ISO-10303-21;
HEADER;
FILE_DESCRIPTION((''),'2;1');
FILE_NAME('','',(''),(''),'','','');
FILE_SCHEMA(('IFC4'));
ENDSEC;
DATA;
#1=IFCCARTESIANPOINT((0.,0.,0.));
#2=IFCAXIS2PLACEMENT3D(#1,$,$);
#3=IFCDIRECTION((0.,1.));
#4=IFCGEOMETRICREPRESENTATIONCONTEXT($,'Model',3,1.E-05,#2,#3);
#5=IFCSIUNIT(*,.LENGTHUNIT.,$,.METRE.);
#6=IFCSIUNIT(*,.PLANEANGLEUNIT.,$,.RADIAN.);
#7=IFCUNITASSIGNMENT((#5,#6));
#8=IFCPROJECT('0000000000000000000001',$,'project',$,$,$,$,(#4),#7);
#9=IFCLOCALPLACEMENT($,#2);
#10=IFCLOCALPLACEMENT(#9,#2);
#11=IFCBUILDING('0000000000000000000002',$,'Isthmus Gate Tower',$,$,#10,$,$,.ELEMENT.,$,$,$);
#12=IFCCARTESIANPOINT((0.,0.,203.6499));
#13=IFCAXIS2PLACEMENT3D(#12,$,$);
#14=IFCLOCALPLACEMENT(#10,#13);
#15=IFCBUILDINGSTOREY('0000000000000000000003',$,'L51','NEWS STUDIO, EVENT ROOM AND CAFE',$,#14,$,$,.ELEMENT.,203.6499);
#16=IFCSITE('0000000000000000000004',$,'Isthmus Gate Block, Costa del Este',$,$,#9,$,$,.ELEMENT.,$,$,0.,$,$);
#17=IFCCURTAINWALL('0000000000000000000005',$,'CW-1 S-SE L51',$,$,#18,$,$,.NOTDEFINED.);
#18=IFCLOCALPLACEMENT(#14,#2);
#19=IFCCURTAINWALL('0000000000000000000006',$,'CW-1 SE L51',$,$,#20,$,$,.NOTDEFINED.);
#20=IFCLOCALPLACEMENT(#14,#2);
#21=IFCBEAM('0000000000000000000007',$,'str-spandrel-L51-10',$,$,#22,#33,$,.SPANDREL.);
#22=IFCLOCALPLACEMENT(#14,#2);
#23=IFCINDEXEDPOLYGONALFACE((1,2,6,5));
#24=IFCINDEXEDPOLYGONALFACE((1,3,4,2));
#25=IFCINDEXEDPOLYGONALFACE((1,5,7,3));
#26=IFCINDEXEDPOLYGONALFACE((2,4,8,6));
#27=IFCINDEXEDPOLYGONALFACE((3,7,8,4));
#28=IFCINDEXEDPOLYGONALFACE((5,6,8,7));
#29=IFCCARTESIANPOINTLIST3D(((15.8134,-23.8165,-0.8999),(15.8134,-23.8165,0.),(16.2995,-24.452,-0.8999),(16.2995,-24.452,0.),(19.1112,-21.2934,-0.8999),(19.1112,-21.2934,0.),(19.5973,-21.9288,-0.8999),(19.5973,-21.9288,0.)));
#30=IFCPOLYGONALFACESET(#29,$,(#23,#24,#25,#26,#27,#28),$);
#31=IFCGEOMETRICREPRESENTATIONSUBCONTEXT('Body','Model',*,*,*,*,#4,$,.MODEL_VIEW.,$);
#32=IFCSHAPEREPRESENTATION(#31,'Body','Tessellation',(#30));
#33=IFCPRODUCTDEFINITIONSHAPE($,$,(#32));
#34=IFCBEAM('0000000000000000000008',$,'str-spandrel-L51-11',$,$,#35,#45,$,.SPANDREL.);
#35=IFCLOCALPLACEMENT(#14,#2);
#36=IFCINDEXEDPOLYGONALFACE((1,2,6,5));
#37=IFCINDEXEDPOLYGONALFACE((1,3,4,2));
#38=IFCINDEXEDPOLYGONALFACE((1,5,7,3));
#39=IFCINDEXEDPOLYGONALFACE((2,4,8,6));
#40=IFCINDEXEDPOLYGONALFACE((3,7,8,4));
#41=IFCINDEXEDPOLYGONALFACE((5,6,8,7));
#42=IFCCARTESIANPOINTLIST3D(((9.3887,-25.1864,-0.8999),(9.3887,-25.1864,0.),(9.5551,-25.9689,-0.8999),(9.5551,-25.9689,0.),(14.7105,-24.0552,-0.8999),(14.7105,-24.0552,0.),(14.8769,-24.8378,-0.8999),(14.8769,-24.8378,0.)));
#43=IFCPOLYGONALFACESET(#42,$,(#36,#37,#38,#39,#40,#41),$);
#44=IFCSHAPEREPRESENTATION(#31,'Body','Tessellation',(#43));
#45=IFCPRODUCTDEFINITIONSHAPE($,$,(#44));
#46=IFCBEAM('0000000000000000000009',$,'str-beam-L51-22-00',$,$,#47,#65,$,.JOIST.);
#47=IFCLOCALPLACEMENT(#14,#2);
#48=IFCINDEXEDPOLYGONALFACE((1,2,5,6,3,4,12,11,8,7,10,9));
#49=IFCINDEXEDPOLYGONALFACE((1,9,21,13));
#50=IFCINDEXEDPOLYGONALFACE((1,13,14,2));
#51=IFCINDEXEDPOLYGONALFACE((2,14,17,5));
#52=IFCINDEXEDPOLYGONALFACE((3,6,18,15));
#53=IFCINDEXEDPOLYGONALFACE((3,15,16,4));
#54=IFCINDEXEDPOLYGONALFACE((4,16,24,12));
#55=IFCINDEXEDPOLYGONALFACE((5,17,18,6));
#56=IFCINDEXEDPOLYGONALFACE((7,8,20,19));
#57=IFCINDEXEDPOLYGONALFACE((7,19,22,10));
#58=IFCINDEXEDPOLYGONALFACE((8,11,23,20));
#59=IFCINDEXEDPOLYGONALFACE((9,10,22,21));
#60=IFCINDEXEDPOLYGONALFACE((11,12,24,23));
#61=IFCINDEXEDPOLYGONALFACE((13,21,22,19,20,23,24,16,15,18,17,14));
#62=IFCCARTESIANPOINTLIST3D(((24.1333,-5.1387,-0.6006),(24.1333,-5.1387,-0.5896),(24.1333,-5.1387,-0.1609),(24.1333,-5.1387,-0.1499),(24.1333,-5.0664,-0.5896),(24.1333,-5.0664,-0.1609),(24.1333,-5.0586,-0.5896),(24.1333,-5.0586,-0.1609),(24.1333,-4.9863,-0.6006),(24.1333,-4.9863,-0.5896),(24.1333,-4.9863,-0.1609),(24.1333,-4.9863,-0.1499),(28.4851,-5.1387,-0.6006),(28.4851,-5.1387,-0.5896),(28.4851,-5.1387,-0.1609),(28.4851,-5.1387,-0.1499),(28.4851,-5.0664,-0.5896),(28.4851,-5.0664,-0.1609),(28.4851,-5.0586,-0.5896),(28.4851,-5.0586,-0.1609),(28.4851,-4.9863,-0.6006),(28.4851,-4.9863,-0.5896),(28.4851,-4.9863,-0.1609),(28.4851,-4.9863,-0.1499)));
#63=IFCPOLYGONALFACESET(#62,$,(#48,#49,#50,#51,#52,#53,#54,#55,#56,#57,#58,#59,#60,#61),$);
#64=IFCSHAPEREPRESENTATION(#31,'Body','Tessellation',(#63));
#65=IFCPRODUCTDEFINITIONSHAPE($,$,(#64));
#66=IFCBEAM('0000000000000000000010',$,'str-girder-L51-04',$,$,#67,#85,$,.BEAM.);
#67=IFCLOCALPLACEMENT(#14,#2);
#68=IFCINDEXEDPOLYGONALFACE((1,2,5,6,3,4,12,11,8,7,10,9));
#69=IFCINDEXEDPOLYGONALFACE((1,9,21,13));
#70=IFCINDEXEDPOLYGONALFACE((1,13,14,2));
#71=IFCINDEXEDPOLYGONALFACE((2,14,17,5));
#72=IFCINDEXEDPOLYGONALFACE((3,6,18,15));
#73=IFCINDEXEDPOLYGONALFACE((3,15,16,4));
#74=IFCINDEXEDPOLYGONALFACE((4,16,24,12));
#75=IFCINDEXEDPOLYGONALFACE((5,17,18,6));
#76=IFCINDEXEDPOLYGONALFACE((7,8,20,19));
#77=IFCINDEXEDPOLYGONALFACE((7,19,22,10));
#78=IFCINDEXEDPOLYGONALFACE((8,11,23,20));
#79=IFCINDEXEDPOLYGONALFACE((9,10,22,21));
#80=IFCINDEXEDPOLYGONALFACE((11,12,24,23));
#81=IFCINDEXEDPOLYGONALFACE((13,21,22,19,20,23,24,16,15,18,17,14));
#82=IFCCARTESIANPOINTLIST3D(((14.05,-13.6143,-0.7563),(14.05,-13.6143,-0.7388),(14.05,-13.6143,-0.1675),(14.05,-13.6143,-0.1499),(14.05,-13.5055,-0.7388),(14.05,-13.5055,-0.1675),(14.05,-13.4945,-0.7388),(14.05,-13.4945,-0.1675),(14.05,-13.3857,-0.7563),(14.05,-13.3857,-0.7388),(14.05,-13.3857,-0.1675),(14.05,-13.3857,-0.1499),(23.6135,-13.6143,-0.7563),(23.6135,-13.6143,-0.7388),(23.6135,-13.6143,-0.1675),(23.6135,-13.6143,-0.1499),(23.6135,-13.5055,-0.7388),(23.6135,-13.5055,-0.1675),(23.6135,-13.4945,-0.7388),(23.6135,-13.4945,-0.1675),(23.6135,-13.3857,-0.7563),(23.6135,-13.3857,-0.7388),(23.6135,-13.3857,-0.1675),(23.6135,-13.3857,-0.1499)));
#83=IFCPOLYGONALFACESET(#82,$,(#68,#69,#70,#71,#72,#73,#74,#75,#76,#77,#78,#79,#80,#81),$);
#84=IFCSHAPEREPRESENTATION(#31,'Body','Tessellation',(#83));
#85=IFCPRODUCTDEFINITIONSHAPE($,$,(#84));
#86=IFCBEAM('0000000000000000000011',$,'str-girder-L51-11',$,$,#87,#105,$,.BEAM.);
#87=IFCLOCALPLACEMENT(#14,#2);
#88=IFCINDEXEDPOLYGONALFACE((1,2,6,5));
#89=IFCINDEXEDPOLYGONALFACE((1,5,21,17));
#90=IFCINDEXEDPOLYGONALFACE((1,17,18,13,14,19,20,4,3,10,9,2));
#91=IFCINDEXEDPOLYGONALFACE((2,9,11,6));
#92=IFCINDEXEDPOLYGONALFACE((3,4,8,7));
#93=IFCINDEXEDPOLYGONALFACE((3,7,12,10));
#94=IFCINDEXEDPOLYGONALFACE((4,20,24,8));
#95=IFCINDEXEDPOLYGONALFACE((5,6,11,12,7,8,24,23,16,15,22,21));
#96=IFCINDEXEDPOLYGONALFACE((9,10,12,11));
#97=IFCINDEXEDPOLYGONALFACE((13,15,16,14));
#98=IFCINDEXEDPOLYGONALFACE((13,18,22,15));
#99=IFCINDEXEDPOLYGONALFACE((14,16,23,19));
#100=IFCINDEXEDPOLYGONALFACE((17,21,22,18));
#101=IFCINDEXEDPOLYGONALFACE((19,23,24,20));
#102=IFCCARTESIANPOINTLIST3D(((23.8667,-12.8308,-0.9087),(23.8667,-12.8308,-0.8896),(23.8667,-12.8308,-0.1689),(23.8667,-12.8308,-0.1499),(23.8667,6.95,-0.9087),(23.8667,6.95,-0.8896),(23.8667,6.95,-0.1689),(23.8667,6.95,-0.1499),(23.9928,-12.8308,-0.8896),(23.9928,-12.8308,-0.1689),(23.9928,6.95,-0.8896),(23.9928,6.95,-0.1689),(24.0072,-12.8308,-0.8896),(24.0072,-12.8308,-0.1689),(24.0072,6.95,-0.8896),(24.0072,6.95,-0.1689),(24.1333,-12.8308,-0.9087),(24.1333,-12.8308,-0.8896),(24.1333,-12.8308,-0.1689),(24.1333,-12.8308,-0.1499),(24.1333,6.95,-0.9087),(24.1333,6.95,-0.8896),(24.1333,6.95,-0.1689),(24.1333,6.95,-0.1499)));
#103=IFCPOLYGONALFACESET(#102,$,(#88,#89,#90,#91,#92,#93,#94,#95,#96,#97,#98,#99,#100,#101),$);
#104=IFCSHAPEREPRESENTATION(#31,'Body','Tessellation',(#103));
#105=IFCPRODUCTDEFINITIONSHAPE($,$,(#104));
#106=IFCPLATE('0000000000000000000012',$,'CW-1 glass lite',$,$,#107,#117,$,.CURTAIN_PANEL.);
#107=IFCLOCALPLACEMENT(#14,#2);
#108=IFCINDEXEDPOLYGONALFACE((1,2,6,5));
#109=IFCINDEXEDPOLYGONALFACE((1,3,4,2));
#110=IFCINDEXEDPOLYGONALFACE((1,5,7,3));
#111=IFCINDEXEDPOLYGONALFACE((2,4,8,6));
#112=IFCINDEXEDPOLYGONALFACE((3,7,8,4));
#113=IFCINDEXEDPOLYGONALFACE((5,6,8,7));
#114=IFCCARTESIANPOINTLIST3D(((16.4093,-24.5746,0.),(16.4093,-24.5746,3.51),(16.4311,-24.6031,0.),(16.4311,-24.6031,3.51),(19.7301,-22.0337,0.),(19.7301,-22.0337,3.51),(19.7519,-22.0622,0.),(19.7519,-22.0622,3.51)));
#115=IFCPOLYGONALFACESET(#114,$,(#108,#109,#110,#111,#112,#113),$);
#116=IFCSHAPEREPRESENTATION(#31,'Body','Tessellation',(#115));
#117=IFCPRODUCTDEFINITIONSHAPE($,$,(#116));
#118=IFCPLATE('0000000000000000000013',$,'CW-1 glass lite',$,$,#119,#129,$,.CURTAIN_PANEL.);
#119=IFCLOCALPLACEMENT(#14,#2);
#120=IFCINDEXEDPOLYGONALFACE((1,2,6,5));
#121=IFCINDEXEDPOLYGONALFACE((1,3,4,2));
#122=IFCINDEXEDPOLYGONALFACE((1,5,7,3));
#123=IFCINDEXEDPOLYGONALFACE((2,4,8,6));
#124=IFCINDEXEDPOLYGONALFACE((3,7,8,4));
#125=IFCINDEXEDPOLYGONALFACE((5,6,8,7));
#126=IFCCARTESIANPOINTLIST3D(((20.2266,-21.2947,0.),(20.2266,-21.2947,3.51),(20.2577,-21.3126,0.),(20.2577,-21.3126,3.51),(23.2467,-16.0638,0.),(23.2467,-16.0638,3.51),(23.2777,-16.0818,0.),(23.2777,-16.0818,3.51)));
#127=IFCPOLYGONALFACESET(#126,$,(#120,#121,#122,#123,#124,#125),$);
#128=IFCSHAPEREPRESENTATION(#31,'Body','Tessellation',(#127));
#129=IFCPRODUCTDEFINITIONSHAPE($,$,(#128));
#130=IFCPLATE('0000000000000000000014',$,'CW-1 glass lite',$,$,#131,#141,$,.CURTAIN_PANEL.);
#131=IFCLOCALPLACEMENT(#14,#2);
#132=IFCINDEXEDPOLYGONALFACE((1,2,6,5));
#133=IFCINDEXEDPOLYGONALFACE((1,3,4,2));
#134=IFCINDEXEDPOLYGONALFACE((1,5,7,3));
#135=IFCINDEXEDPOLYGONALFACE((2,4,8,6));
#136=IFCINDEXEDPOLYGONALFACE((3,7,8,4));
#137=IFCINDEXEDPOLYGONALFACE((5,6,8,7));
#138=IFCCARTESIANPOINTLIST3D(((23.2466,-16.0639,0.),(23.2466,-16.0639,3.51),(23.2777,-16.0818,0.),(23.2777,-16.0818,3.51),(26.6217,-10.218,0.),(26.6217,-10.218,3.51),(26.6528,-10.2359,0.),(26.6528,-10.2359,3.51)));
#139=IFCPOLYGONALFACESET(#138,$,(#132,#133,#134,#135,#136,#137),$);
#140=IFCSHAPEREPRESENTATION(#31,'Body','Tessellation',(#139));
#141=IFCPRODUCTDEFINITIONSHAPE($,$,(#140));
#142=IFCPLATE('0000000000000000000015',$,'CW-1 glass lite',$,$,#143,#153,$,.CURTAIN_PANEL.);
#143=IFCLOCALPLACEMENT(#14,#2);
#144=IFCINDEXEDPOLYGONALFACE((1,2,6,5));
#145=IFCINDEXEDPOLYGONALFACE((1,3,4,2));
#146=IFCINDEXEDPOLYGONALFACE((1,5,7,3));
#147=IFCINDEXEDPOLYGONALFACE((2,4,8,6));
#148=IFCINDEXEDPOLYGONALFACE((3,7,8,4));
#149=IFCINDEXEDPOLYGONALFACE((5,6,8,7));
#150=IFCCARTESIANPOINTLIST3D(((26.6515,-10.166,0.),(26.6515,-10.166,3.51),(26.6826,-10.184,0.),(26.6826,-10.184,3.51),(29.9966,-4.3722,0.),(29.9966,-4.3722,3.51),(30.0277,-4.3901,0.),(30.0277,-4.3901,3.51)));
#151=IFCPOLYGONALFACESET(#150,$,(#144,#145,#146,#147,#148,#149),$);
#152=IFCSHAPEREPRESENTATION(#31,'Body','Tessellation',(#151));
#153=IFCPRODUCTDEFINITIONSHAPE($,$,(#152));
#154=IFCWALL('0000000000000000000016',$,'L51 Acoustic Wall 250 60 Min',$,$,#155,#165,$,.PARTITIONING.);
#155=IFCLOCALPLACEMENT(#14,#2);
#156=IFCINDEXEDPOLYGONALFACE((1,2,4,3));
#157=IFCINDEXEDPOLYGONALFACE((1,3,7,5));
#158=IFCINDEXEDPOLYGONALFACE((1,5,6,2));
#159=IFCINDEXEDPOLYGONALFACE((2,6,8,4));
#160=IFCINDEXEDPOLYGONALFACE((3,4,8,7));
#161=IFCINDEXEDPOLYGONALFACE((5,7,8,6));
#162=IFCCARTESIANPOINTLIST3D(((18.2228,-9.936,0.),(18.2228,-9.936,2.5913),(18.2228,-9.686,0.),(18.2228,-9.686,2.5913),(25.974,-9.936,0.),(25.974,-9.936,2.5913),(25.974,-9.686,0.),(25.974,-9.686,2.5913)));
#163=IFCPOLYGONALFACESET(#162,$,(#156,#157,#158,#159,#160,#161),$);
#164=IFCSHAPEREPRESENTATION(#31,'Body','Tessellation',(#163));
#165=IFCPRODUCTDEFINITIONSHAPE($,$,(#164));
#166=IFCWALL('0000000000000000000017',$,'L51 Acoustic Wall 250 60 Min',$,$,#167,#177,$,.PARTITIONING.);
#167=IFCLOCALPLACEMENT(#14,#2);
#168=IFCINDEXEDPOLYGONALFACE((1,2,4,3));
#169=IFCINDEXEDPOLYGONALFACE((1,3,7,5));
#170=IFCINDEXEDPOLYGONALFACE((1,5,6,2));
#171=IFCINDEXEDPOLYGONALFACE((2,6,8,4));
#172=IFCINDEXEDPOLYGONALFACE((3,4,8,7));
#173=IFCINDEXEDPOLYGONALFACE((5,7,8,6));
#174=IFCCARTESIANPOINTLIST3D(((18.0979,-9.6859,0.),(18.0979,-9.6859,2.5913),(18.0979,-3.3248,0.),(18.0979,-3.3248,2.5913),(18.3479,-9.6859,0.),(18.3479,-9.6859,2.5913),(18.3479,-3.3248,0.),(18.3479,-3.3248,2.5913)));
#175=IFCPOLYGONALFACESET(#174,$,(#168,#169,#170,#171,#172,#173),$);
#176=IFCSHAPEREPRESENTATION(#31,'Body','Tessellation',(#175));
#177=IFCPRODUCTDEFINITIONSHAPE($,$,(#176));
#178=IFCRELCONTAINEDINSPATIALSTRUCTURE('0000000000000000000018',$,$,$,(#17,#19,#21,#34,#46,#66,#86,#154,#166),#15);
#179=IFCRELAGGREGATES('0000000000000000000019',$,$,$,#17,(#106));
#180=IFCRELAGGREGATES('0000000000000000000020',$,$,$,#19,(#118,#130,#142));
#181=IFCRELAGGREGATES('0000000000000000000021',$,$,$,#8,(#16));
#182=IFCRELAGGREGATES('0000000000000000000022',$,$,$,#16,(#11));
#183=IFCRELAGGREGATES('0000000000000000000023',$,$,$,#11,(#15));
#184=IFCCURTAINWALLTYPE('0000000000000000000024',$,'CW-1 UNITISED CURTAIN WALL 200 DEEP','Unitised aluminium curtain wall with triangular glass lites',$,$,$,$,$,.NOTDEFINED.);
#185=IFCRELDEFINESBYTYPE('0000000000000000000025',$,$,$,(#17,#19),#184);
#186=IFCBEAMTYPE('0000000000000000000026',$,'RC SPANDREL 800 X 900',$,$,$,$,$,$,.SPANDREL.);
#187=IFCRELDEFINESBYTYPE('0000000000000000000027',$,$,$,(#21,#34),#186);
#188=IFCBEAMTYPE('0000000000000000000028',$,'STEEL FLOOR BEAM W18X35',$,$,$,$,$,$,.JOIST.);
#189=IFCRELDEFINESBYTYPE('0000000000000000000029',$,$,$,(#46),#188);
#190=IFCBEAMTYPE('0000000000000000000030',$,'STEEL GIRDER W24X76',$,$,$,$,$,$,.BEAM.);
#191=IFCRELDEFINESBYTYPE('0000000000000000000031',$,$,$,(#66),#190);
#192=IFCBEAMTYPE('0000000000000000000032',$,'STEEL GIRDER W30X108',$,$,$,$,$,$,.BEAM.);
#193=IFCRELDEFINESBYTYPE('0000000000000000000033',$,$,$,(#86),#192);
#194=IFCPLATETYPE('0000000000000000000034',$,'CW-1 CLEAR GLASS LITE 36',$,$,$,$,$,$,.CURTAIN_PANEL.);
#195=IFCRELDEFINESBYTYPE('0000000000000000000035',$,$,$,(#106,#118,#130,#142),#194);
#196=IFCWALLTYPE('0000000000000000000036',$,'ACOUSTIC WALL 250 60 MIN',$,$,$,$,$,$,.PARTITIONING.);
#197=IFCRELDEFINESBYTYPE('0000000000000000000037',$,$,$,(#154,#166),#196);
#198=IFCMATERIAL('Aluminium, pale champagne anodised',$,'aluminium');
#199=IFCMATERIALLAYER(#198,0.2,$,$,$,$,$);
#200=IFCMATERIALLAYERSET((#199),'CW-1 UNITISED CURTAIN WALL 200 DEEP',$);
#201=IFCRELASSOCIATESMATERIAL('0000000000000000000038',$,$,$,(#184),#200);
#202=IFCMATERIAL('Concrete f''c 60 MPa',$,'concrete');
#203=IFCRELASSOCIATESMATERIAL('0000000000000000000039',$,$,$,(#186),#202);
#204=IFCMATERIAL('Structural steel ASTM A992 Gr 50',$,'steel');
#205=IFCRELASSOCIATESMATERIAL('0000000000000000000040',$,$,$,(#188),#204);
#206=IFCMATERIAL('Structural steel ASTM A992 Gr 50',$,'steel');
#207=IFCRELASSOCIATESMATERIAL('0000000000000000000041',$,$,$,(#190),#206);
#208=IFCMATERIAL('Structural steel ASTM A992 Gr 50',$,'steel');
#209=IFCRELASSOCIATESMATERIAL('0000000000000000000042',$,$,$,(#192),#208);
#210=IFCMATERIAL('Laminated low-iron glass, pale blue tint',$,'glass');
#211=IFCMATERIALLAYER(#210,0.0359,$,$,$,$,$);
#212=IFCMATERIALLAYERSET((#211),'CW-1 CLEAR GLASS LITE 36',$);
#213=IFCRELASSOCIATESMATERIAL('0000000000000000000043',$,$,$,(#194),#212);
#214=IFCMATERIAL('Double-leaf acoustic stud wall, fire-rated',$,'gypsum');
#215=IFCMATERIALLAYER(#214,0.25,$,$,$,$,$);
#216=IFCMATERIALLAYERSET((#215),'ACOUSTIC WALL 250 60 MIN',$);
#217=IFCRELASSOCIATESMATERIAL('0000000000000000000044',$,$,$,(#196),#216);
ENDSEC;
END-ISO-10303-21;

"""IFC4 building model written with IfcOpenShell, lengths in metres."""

from ifc_helpers import new_model, si_unit, direction, frame, frame_2d, origin, origin_2d, place, context, subcontext, project, spatial, rectangle, i_section, extrude, material, layer, layer_set, material_profile, profile_set, type_object, element, aggregate, save


model = new_model("IFC4")

# Units and contexts
model_context = context("Model", 3, precision=1e-05, world=origin(), true_north=direction((0.0, 1.0)))
body_context = subcontext(model_context, "Body", "Model", "MODEL_VIEW")
ifc_project = project(units=[si_unit("LENGTHUNIT", "METRE"), si_unit("PLANEANGLEUNIT", "RADIAN")], contexts=[model_context])

# Site, building, storey
site_placement = place(None, origin())
site = spatial("IfcSite", under=ifc_project, at=site_placement, Name="Isthmus Gate Block, Costa del Este", CompositionType="ELEMENT", RefElevation=0.0)
building_placement = place(site_placement, origin())
building = spatial("IfcBuilding", under=site, at=building_placement, Name="Isthmus Gate Tower", CompositionType="ELEMENT")
storey_placement = place(building_placement, frame((0.0, 0.0, 203.6499)))
storey = spatial("IfcBuildingStorey", under=building, at=storey_placement, Name="L51", Description="NEWS STUDIO, EVENT ROOM AND CAFE", CompositionType="ELEMENT", Elevation=203.6499)

# Curtain wall
ifc_material_1 = material(Name="Aluminium, pale champagne anodised", Category="aluminium")
ifc_layer_1 = layer(ifc_material_1, 0.2)
ifc_layer_set_1 = layer_set([ifc_layer_1], Name="CW-1 UNITISED CURTAIN WALL 200 DEEP")
curtain_wall_type = type_object("IfcCurtainWallType", Name="CW-1 UNITISED CURTAIN WALL 200 DEEP", Description="Unitised aluminium curtain wall with triangular glass lites", PredefinedType="NOTDEFINED", material=ifc_layer_set_1)
curtain_wall_1_placement = place(storey_placement, origin())
curtain_wall_1 = element("IfcCurtainWall", 1, at=curtain_wall_1_placement, inside=storey, type_object=curtain_wall_type, Name="CW-1 S-SE L51", PredefinedType="NOTDEFINED")

# Curtain wall
curtain_wall_2_placement = place(storey_placement, origin())
curtain_wall_2 = element("IfcCurtainWall", 2, at=curtain_wall_2_placement, inside=storey, type_object=curtain_wall_type, Name="CW-1 SE L51", PredefinedType="NOTDEFINED")

# Beams
ifc_material_2 = material(Name="Concrete f'c 60 MPa", Category="concrete")
ifc_material_profile_1 = material_profile(ifc_material_2, rectangle(XDim=0.8, YDim=0.8999, at=origin_2d()), Name="RC 800X900")
ifc_profile_set_1 = profile_set([ifc_material_profile_1], Name="Concrete f'c 60 MPa")
beam_type_1 = type_object("IfcBeamType", Name="RC SPANDREL 800 X 900", PredefinedType="SPANDREL", material=ifc_profile_set_1)
beam_1_placement = place(storey_placement, frame((19.3542, -21.6111, -0.45), z_axis=(-0.794206, -0.607649, 0.0), x_axis=(0.607649, -0.794206, 0.0)))
element("IfcBeam", 3, at=beam_1_placement, inside=storey, type_object=beam_type_1, Name="str-spandrel-L51-10", PredefinedType="SPANDREL", context=body_context, shape_type="SweptSolid", body=[
    extrude(rectangle(XDim=0.8, YDim=0.8999, at=origin_2d()), origin(), (0.0, 0.0, 1.0), 4.1523),
])
beam_2_placement = place(storey_placement, frame((14.7937, -24.4465, -0.45), z_axis=(-0.97815, -0.207898, 0.0), x_axis=(0.207898, -0.97815, 0.0)))
element("IfcBeam", 4, at=beam_2_placement, inside=storey, type_object=beam_type_1, Name="str-spandrel-L51-11", PredefinedType="SPANDREL", context=body_context, shape_type="SweptSolid", body=[
    extrude(rectangle(XDim=0.8, YDim=0.8999, at=origin_2d()), origin(), (0.0, 0.0, 1.0), 5.4407),
])
ifc_material_3 = material(Name="Structural steel ASTM A992 Gr 50", Category="steel")
ifc_material_profile_2 = material_profile(ifc_material_3, i_section(OverallWidth=0.1523, OverallDepth=0.4507, WebThickness=0.0078, FlangeThickness=0.011, at=origin_2d()), Name="W18X35")
ifc_profile_set_2 = profile_set([ifc_material_profile_2], Name="Structural steel ASTM A992 Gr 50")
beam_type_2 = type_object("IfcBeamType", Name="STEEL FLOOR BEAM W18X35", PredefinedType="JOIST", material=ifc_profile_set_2)
beam_3_placement = place(storey_placement, frame((24.1333, -5.0625, -0.3752), z_axis=(1.0, 0.0, 0.0), x_axis=(0.0, 1.0, 0.0)))
element("IfcBeam", 5, at=beam_3_placement, inside=storey, type_object=beam_type_2, Name="str-beam-L51-22-00", PredefinedType="JOIST", context=body_context, shape_type="SweptSolid", body=[
    extrude(i_section(OverallWidth=0.1523, OverallDepth=0.4507, WebThickness=0.0078, FlangeThickness=0.011, at=origin_2d()), origin(), (0.0, 0.0, 1.0), 4.3518),
])
ifc_material_4 = material(Name="Structural steel ASTM A992 Gr 50", Category="steel")
ifc_material_profile_3 = material_profile(ifc_material_4, i_section(OverallWidth=0.2285, OverallDepth=0.6064, WebThickness=0.011, FlangeThickness=0.0176, at=origin_2d()), Name="W24X76")
ifc_profile_set_3 = profile_set([ifc_material_profile_3], Name="Structural steel ASTM A992 Gr 50")
beam_type_3 = type_object("IfcBeamType", Name="STEEL GIRDER W24X76", PredefinedType="BEAM", material=ifc_profile_set_3)
beam_4_placement = place(storey_placement, frame((14.05, -13.5, -0.4531), z_axis=(1.0, 0.0, 0.0), x_axis=(0.0, 1.0, 0.0)))
element("IfcBeam", 6, at=beam_4_placement, inside=storey, type_object=beam_type_3, Name="str-girder-L51-04", PredefinedType="BEAM", context=body_context, shape_type="SweptSolid", body=[
    extrude(i_section(OverallWidth=0.2285, OverallDepth=0.6064, WebThickness=0.011, FlangeThickness=0.0176, at=origin_2d()), origin(), (0.0, 0.0, 1.0), 9.5635),
])
ifc_material_5 = material(Name="Structural steel ASTM A992 Gr 50", Category="steel")
ifc_material_profile_4 = material_profile(ifc_material_5, i_section(OverallWidth=0.2666, OverallDepth=0.7588, WebThickness=0.0144, FlangeThickness=0.019, at=origin_2d()), Name="W30X108")
ifc_profile_set_4 = profile_set([ifc_material_profile_4], Name="Structural steel ASTM A992 Gr 50")
beam_type_4 = type_object("IfcBeamType", Name="STEEL GIRDER W30X108", PredefinedType="BEAM", material=ifc_profile_set_4)
beam_5_placement = place(storey_placement, frame((24.0, -12.8308, -0.5293), z_axis=(0.0, 1.0, 0.0), x_axis=(-1.0, 0.0, 0.0)))
element("IfcBeam", 7, at=beam_5_placement, inside=storey, type_object=beam_type_4, Name="str-girder-L51-11", PredefinedType="BEAM", context=body_context, shape_type="SweptSolid", body=[
    extrude(i_section(OverallWidth=0.2666, OverallDepth=0.7588, WebThickness=0.0144, FlangeThickness=0.019, at=origin_2d()), origin(), (0.0, 0.0, 1.0), 19.7808),
])

# Plates
ifc_material_6 = material(Name="Laminated low-iron glass, pale blue tint", Category="glass")
ifc_layer_2 = layer(ifc_material_6, 0.0359)
ifc_layer_set_2 = layer_set([ifc_layer_2], Name="CW-1 CLEAR GLASS LITE 36")
plate_type = type_object("IfcPlateType", Name="CW-1 CLEAR GLASS LITE 36", PredefinedType="CURTAIN_PANEL", material=ifc_layer_set_2)
plate_1_placement = place(storey_placement, frame((18.0806, -23.3184, 0.0), z_axis=(0.0, 0.0, 1.0), x_axis=(0.794189, 0.607671, 0.0)))
plate_1 = element("IfcPlate", 8, at=plate_1_placement, type_object=plate_type, Name="CW-1 glass lite", PredefinedType="CURTAIN_PANEL", context=body_context, shape_type="SweptSolid", body=[
    extrude(rectangle(XDim=4.1814, YDim=0.0359, at=origin_2d()), origin(), (0.0, 0.0, 1.0), 3.51),
])
aggregate(curtain_wall_1, [plate_1])
plate_2_placement = place(storey_placement, frame((21.7522, -18.6882, 0.0), z_axis=(0.0, 0.0, 1.0), x_axis=(0.5, 0.866025, 0.0)))
plate_2 = element("IfcPlate", 9, at=plate_2_placement, type_object=plate_type, Name="CW-1 glass lite", PredefinedType="CURTAIN_PANEL", context=body_context, shape_type="SweptSolid", body=[
    extrude(rectangle(XDim=6.04, YDim=0.0359, at=origin_2d()), origin(), (0.0, 0.0, 1.0), 3.51),
])
plate_3_placement = place(storey_placement, frame((24.9497, -13.1499, 0.0), z_axis=(0.0, 0.0, 1.0), x_axis=(0.5, 0.866025, 0.0)))
plate_3 = element("IfcPlate", 10, at=plate_3_placement, type_object=plate_type, Name="CW-1 glass lite", PredefinedType="CURTAIN_PANEL", context=body_context, shape_type="SweptSolid", body=[
    extrude(rectangle(XDim=6.7502, YDim=0.0359, at=origin_2d()), origin(), (0.0, 0.0, 1.0), 3.51),
])
plate_4_placement = place(storey_placement, frame((28.3396, -7.2781, 0.0), z_axis=(0.0, 0.0, 1.0), x_axis=(0.5, 0.866025, 0.0)))
plate_4 = element("IfcPlate", 11, at=plate_4_placement, type_object=plate_type, Name="CW-1 glass lite", PredefinedType="CURTAIN_PANEL", context=body_context, shape_type="SweptSolid", body=[
    extrude(rectangle(XDim=6.6902, YDim=0.0359, at=origin_2d()), origin(), (0.0, 0.0, 1.0), 3.51),
])
aggregate(curtain_wall_2, [plate_2, plate_3, plate_4])

# Walls
ifc_material_7 = material(Name="Double-leaf acoustic stud wall, fire-rated", Category="gypsum")
ifc_layer_3 = layer(ifc_material_7, 0.25)
ifc_layer_set_3 = layer_set([ifc_layer_3], Name="ACOUSTIC WALL 250 60 MIN")
wall_type = type_object("IfcWallType", Name="ACOUSTIC WALL 250 60 MIN", PredefinedType="PARTITIONING", material=ifc_layer_set_3)
wall_1_placement = place(storey_placement, frame((18.2229, -9.811, 0.0), z_axis=(0.0, 0.0, 1.0), x_axis=(1.0, 0.0, 0.0)))
element("IfcWall", 12, at=wall_1_placement, inside=storey, type_object=wall_type, Name="L51 Acoustic Wall 250 60 Min", PredefinedType="PARTITIONING", context=body_context, shape_type="SweptSolid", body=[
    extrude(rectangle(XDim=7.7512, YDim=0.25, at=frame_2d((3.8755, 0.0))), origin(), (0.0, 0.0, 1.0), 2.5913),
])
wall_2_placement = place(storey_placement, frame((18.2229, -9.686, 0.0), z_axis=(0.0, 0.0, 1.0), x_axis=(0.0, 1.0, 0.0)))
element("IfcWall", 13, at=wall_2_placement, inside=storey, type_object=wall_type, Name="L51 Acoustic Wall 250 60 Min", PredefinedType="PARTITIONING", context=body_context, shape_type="SweptSolid", body=[
    extrude(rectangle(XDim=6.3611, YDim=0.25, at=frame_2d((3.1807, 0.0))), origin(), (0.0, 0.0, 1.0), 2.5913),
])

save(model, "model.ifc")
